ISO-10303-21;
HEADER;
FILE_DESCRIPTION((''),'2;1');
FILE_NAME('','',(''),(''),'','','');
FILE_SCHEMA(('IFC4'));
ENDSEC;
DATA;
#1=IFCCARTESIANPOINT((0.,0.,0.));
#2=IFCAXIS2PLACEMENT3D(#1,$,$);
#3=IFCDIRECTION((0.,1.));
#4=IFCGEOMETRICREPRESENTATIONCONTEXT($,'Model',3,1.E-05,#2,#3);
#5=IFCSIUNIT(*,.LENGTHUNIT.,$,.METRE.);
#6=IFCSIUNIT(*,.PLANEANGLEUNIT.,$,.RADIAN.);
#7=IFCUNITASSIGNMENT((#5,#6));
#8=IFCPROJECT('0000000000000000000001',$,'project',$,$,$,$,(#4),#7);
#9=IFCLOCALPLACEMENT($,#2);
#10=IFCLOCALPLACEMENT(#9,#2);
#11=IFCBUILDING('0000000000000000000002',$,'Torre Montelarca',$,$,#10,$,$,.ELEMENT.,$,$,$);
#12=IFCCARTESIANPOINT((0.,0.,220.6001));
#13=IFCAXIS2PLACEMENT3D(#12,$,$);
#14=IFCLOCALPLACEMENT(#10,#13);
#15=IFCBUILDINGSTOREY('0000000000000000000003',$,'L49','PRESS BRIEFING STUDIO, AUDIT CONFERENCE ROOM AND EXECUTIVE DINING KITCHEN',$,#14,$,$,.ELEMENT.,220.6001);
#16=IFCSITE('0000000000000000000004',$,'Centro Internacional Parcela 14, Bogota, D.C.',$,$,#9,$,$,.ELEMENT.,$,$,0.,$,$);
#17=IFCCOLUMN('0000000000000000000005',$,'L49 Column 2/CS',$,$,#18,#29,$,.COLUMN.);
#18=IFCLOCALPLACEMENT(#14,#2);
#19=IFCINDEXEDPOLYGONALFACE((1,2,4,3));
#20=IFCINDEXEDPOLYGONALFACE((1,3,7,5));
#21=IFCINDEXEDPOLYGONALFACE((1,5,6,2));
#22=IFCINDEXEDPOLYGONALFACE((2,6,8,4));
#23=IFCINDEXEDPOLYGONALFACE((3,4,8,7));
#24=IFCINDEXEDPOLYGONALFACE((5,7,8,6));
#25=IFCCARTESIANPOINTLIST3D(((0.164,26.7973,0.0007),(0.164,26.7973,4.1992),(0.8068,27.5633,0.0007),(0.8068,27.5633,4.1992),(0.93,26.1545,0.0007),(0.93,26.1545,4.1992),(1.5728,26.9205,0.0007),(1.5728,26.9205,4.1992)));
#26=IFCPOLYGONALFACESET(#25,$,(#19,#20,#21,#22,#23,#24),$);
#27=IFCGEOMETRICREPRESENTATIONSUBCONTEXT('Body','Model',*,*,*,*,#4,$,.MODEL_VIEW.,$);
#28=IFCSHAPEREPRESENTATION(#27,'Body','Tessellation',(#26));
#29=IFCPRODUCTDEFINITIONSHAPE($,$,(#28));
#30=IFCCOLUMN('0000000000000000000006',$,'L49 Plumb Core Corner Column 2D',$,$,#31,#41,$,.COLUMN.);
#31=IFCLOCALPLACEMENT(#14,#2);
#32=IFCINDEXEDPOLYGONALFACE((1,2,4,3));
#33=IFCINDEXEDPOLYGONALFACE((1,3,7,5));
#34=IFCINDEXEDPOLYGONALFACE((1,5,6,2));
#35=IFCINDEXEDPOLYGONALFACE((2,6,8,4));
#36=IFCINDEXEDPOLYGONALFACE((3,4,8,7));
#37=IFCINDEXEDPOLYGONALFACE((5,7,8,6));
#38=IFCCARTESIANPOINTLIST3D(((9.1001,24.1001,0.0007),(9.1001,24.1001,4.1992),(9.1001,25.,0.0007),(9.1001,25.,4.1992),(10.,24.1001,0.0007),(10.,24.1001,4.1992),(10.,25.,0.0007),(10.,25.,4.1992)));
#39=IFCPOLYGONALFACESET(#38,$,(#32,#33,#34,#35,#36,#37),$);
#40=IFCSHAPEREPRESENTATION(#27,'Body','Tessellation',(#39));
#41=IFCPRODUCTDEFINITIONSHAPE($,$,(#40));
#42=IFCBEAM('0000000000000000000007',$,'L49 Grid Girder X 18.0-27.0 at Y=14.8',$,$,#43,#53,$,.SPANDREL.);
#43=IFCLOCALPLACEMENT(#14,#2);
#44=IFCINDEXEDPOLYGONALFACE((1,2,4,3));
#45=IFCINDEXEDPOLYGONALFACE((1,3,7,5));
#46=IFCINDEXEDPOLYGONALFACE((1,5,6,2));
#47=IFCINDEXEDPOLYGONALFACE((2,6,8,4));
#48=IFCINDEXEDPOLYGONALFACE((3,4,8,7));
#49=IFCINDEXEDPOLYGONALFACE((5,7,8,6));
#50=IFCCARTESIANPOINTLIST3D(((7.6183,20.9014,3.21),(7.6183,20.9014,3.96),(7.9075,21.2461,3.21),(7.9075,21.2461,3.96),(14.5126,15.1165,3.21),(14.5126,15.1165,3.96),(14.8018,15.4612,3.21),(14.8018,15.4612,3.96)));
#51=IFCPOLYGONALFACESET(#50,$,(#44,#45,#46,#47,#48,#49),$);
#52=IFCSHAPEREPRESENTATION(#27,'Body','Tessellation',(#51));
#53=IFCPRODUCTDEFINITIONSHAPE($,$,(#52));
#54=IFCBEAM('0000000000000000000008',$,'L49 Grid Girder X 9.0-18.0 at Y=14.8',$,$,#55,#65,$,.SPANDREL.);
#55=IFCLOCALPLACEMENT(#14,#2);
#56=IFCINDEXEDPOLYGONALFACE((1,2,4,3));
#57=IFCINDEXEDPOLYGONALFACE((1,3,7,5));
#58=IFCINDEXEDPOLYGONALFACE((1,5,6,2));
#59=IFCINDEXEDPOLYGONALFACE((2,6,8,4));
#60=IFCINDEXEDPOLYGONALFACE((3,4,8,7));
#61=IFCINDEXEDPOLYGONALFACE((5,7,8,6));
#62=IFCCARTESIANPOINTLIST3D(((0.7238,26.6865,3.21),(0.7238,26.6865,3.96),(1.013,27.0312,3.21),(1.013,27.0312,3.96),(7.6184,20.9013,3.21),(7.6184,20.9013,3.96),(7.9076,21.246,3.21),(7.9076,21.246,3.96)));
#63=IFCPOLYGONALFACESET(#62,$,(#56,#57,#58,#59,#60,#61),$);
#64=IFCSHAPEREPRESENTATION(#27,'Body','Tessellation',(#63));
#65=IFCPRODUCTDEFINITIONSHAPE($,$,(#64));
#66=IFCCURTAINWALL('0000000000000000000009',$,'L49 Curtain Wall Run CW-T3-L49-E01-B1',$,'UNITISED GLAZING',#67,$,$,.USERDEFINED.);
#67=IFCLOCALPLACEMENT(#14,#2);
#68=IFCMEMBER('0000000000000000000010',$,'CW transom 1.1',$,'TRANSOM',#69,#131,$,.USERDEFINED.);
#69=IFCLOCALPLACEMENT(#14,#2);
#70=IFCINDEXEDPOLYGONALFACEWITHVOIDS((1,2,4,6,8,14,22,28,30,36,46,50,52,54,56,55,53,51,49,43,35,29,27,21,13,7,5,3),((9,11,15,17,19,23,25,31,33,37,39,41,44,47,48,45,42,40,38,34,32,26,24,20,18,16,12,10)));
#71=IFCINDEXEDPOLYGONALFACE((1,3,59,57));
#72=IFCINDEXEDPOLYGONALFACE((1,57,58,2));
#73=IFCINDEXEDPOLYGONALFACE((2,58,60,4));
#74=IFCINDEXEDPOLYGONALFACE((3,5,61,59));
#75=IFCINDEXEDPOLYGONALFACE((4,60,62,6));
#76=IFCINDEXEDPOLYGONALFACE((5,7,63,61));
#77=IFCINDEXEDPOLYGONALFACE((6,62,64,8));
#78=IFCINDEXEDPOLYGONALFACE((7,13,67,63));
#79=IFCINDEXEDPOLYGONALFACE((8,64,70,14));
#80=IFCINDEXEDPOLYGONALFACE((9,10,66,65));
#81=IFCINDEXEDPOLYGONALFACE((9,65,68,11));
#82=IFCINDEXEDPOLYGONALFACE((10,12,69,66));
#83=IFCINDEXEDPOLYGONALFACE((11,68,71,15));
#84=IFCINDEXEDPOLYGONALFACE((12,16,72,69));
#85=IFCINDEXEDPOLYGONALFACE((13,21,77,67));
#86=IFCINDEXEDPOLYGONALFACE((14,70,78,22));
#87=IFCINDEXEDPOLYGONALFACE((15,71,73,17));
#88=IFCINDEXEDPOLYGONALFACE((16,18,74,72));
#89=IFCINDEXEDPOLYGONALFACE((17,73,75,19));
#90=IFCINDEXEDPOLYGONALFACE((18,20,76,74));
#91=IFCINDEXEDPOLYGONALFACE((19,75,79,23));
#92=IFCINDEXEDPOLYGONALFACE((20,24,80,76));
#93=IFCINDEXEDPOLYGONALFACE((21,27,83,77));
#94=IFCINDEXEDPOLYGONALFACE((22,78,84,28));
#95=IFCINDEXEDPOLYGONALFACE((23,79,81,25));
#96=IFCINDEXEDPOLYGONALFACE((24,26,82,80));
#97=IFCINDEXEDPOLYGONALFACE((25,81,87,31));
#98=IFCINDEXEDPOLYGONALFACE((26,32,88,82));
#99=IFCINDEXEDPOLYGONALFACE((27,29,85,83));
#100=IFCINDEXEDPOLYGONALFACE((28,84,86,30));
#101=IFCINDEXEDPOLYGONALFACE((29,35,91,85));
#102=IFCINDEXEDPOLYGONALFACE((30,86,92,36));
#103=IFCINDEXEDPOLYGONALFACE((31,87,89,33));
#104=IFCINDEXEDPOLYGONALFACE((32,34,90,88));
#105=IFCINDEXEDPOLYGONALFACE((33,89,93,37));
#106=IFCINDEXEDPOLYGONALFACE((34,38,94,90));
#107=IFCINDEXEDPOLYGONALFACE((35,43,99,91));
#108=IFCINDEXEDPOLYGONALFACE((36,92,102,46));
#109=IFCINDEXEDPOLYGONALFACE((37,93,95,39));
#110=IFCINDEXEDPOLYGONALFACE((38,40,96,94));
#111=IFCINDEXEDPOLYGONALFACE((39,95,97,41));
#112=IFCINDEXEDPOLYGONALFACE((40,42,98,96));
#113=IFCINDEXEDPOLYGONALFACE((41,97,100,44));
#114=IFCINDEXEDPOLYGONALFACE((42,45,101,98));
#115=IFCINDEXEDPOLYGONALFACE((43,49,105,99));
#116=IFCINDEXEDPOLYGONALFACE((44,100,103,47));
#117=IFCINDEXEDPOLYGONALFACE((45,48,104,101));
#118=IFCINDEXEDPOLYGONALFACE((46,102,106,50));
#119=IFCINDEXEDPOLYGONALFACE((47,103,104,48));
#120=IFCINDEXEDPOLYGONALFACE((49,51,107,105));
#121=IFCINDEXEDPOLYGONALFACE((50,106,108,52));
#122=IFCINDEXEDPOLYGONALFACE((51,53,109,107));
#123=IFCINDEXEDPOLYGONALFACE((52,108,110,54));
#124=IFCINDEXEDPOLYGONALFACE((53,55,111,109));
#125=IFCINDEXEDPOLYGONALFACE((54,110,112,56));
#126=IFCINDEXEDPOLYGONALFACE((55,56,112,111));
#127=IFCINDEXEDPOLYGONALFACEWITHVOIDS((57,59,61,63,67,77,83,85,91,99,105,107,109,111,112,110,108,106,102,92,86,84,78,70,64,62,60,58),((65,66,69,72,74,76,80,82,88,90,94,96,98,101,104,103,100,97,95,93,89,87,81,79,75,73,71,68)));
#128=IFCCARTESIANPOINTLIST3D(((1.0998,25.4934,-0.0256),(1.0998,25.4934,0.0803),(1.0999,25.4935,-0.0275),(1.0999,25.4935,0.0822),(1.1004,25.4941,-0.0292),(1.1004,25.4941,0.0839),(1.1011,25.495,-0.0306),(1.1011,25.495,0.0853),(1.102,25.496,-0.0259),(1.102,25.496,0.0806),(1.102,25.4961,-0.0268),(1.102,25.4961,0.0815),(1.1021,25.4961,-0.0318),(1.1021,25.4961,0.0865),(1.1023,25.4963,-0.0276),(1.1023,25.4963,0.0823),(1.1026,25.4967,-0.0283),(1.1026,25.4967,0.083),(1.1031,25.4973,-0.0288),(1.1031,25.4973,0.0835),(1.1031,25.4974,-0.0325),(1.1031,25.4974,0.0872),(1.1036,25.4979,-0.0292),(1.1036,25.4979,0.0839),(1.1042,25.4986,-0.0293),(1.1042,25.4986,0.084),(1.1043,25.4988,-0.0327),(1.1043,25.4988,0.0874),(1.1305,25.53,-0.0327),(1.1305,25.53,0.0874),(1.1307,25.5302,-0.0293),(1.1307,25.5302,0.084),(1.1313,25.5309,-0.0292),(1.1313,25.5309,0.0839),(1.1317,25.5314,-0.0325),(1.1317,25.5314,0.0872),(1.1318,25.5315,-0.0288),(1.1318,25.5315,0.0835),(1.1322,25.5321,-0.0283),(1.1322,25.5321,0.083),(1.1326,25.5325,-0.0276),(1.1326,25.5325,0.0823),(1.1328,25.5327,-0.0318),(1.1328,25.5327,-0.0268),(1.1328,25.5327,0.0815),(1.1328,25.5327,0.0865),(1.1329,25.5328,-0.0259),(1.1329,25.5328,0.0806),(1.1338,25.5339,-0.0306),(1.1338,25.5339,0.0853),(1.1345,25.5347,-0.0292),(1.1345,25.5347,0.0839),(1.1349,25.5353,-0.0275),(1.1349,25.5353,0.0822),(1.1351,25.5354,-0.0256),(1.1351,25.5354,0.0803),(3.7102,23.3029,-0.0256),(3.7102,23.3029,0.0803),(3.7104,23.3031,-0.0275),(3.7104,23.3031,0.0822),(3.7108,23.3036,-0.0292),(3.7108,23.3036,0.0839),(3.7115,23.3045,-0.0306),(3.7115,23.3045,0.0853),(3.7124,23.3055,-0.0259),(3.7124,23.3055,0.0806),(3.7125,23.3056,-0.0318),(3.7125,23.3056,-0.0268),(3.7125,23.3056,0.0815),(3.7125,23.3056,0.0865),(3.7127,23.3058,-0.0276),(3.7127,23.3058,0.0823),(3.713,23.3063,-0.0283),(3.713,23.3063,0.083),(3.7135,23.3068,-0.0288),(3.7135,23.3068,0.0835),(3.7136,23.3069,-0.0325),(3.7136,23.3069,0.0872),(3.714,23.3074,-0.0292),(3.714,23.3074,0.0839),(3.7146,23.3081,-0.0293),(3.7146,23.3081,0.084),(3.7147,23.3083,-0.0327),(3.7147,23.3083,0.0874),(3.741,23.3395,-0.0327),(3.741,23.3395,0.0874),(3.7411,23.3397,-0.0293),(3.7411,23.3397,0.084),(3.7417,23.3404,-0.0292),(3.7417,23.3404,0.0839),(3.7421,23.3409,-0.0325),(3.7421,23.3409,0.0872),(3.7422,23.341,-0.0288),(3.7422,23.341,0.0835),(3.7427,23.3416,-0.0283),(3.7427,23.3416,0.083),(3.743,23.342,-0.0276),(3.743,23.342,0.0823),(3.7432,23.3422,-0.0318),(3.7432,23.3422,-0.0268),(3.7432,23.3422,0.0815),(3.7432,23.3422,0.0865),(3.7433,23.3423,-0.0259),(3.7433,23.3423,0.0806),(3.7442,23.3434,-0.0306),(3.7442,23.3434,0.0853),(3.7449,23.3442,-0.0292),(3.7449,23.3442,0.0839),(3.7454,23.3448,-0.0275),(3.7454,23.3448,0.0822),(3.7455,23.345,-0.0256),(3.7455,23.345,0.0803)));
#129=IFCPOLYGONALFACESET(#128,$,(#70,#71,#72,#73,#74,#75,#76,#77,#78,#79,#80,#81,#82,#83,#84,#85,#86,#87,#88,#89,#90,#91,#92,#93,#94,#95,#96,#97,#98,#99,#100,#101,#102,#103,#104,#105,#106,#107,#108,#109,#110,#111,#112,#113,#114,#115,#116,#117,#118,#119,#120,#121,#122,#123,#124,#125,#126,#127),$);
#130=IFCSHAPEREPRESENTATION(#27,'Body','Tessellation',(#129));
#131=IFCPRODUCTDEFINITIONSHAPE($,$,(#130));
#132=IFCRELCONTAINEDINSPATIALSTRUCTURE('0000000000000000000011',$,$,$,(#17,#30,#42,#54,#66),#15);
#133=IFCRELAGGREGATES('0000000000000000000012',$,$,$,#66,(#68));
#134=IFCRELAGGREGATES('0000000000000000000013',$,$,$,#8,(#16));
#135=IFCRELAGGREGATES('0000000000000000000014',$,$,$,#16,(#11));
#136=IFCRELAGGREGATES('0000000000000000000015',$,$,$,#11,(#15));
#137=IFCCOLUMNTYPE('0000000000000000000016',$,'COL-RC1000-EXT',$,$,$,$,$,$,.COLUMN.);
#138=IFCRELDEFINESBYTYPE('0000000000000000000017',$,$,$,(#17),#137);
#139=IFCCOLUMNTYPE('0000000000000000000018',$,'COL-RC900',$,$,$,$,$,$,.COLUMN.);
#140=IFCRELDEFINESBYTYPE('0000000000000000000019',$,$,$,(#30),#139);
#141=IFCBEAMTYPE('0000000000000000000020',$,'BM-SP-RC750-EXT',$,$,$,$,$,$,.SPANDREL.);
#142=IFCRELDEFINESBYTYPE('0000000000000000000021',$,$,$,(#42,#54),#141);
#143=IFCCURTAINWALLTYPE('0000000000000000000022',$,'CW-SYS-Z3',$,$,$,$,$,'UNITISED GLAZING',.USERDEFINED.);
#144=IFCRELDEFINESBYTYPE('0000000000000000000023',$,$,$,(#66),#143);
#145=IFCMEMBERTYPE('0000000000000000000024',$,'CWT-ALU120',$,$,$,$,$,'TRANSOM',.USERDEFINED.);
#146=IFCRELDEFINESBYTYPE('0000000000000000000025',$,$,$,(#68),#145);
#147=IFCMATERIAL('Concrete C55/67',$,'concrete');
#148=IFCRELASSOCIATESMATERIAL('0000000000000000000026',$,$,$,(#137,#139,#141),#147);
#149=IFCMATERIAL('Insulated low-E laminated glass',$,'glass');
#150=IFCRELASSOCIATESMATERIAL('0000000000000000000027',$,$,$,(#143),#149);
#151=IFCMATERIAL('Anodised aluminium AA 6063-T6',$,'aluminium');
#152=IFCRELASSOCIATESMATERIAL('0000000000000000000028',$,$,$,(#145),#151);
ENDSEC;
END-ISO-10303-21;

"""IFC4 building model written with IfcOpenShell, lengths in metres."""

from ifc_helpers import new_model, si_unit, direction, frame, origin, origin_2d, place, context, subcontext, project, spatial, rectangle, hollow_rectangle, extrude, source, transform, mapped, material, material_profile, profile_set, type_object, element, aggregate, save


model = new_model("IFC4")

# Units and contexts
model_context = context("Model", 3, precision=1e-05, world=origin(), true_north=direction((0.0, 1.0)))
body_context = subcontext(model_context, "Body", "Model", "MODEL_VIEW")
ifc_project = project(units=[si_unit("LENGTHUNIT", "METRE"), si_unit("PLANEANGLEUNIT", "RADIAN")], contexts=[model_context])

# Site, building, storey
site_placement = place(None, origin())
site = spatial("IfcSite", under=ifc_project, at=site_placement, Name="Centro Internacional Parcela 14, Bogota, D.C.", CompositionType="ELEMENT", RefElevation=0.0)
building_placement = place(site_placement, origin())
building = spatial("IfcBuilding", under=site, at=building_placement, Name="Torre Montelarca", CompositionType="ELEMENT")
storey_placement = place(building_placement, frame((0.0, 0.0, 220.6001)))
storey = spatial("IfcBuildingStorey", under=building, at=storey_placement, Name="L49", Description="PRESS BRIEFING STUDIO, AUDIT CONFERENCE ROOM AND EXECUTIVE DINING KITCHEN", CompositionType="ELEMENT", Elevation=220.6001)

# Columns
ifc_material_1 = material(Name="Concrete C55/67", Category="concrete")
ifc_material_profile_1 = material_profile(ifc_material_1, rectangle(XDim=1.0, YDim=1.0, at=origin_2d()), Name="RC1000X1000", Category="concrete")
ifc_profile_set_1 = profile_set([ifc_material_profile_1], Name="Concrete C55/67")
column_type_1 = type_object("IfcColumnType", Name="COL-RC1000-EXT", PredefinedType="COLUMN", material=ifc_profile_set_1)
shared_shape_1 = source(origin(), body_context, "Body", "SweptSolid", [
    extrude(rectangle(XDim=1.0, YDim=1.0, at=origin_2d()), origin(), (0.0, 0.0, 1.0), 4.1985),
])
column_1_placement = place(storey_placement, frame((0.8684, 26.8589, 0.0007), z_axis=(0.0, 0.0, 1.0), x_axis=(-0.766044, 0.642788, 0.0)))
element("IfcColumn", 1, at=column_1_placement, inside=storey, type_object=column_type_1, Name="L49 Column 2/CS", PredefinedType="COLUMN", context=body_context, shape_type="MappedRepresentation", body=[
    mapped(shared_shape_1, transform((0.0, 0.0, 0.0), scale=1.0)),
])
ifc_material_profile_2 = material_profile(ifc_material_1, rectangle(XDim=0.8999, YDim=0.8999, at=origin_2d()), Name="RC900X900", Category="concrete")
ifc_profile_set_2 = profile_set([ifc_material_profile_2], Name="Concrete C55/67")
column_type_2 = type_object("IfcColumnType", Name="COL-RC900", PredefinedType="COLUMN", material=ifc_profile_set_2)
shared_shape_2 = source(origin(), body_context, "Body", "SweptSolid", [
    extrude(rectangle(XDim=0.8999, YDim=0.8999, at=origin_2d()), origin(), (0.0, 0.0, 1.0), 4.1985),
])
column_2_placement = place(storey_placement, frame((9.55, 24.55, 0.0007), z_axis=(0.0, 0.0, 1.0), x_axis=(1.0, 0.0, 0.0)))
element("IfcColumn", 2, at=column_2_placement, inside=storey, type_object=column_type_2, Name="L49 Plumb Core Corner Column 2D", PredefinedType="COLUMN", context=body_context, shape_type="MappedRepresentation", body=[
    mapped(shared_shape_2, transform((0.0, 0.0, 0.0), scale=1.0)),
])

# Beams
ifc_material_profile_3 = material_profile(ifc_material_1, rectangle(XDim=0.45, YDim=0.75, at=origin_2d()), Name="RCB450X750", Category="concrete")
ifc_profile_set_3 = profile_set([ifc_material_profile_3], Name="Concrete C55/67")
beam_type = type_object("IfcBeamType", Name="BM-SP-RC750-EXT", PredefinedType="SPANDREL", material=ifc_profile_set_3)
shared_shape_3 = source(origin(), body_context, "Body", "SweptSolid", [
    extrude(rectangle(XDim=0.45, YDim=0.75, at=origin_2d()), origin(), (0.0, 0.0, 1.0), 8.9998),
])
beam_1_placement = place(storey_placement, frame((7.7629, 21.0737, 3.585), z_axis=(0.766049, -0.642782, 0.0), x_axis=(0.642782, 0.766049, 0.0)))
element("IfcBeam", 3, at=beam_1_placement, inside=storey, type_object=beam_type, Name="L49 Grid Girder X 18.0-27.0 at Y=14.8", PredefinedType="SPANDREL", context=body_context, shape_type="MappedRepresentation", body=[
    mapped(shared_shape_3, transform((0.0, 0.0, 0.0), scale=1.0)),
])
shared_shape_4 = source(origin(), body_context, "Body", "SweptSolid", [
    extrude(rectangle(XDim=0.45, YDim=0.75, at=origin_2d()), origin(), (0.0, 0.0, 1.0), 9.0002),
])
beam_2_placement = place(storey_placement, frame((0.8684, 26.8589, 3.585), z_axis=(0.766047, -0.642785, 0.0), x_axis=(0.642785, 0.766047, 0.0)))
element("IfcBeam", 4, at=beam_2_placement, inside=storey, type_object=beam_type, Name="L49 Grid Girder X 9.0-18.0 at Y=14.8", PredefinedType="SPANDREL", context=body_context, shape_type="MappedRepresentation", body=[
    mapped(shared_shape_4, transform((0.0, 0.0, 0.0), scale=1.0)),
])

# Curtain wall, member
ifc_material_2 = material(Name="Insulated low-E laminated glass", Category="glass")
curtain_wall_type = type_object("IfcCurtainWallType", Name="CW-SYS-Z3", ElementType="UNITISED GLAZING", PredefinedType="USERDEFINED", material=ifc_material_2)
curtain_wall_1_placement = place(storey_placement, origin())
curtain_wall_1 = element("IfcCurtainWall", 5, at=curtain_wall_1_placement, inside=storey, type_object=curtain_wall_type, Name="L49 Curtain Wall Run CW-T3-L49-E01-B1", ObjectType="UNITISED GLAZING", PredefinedType="USERDEFINED")
ifc_material_3 = material(Name="Anodised aluminium AA 6063-T6", Category="aluminium")
ifc_material_profile_4 = material_profile(ifc_material_3, hollow_rectangle(XDim=0.0549, YDim=0.1201, WallThickness=0.0034, InnerFilletRadius=0.0034, OuterFilletRadius=0.0071, at=origin_2d()), Name="ALU55X120X3.5", Category="aluminium")
ifc_profile_set_4 = profile_set([ifc_material_profile_4], Name="Anodised aluminium AA 6063-T6")
member_type_1 = type_object("IfcMemberType", Name="CWT-ALU120", ElementType="TRANSOM", PredefinedType="USERDEFINED", material=ifc_profile_set_4)
shared_shape_5 = source(origin(), body_context, "Body", "SweptSolid", [
    extrude(hollow_rectangle(XDim=0.0549, YDim=0.1201, WallThickness=0.0034, InnerFilletRadius=0.0034, OuterFilletRadius=0.0071, at=origin_2d()), origin(), (0.0, 0.0, 1.0), 3.4077),
])
member_1_placement = place(storey_placement, frame((1.1174, 25.5144, 0.0273), z_axis=(0.766032, -0.642802, 0.0), x_axis=(0.642802, 0.766032, 0.0)))
member_1 = element("IfcMember", 6, at=member_1_placement, type_object=member_type_1, Name="CW transom 1.1", ObjectType="TRANSOM", PredefinedType="USERDEFINED", context=body_context, shape_type="MappedRepresentation", body=[
    mapped(shared_shape_5, transform((0.0, 0.0, 0.0), scale=1.0)),
])

aggregate(curtain_wall_1, [member_1])

save(model, "model.ifc")
